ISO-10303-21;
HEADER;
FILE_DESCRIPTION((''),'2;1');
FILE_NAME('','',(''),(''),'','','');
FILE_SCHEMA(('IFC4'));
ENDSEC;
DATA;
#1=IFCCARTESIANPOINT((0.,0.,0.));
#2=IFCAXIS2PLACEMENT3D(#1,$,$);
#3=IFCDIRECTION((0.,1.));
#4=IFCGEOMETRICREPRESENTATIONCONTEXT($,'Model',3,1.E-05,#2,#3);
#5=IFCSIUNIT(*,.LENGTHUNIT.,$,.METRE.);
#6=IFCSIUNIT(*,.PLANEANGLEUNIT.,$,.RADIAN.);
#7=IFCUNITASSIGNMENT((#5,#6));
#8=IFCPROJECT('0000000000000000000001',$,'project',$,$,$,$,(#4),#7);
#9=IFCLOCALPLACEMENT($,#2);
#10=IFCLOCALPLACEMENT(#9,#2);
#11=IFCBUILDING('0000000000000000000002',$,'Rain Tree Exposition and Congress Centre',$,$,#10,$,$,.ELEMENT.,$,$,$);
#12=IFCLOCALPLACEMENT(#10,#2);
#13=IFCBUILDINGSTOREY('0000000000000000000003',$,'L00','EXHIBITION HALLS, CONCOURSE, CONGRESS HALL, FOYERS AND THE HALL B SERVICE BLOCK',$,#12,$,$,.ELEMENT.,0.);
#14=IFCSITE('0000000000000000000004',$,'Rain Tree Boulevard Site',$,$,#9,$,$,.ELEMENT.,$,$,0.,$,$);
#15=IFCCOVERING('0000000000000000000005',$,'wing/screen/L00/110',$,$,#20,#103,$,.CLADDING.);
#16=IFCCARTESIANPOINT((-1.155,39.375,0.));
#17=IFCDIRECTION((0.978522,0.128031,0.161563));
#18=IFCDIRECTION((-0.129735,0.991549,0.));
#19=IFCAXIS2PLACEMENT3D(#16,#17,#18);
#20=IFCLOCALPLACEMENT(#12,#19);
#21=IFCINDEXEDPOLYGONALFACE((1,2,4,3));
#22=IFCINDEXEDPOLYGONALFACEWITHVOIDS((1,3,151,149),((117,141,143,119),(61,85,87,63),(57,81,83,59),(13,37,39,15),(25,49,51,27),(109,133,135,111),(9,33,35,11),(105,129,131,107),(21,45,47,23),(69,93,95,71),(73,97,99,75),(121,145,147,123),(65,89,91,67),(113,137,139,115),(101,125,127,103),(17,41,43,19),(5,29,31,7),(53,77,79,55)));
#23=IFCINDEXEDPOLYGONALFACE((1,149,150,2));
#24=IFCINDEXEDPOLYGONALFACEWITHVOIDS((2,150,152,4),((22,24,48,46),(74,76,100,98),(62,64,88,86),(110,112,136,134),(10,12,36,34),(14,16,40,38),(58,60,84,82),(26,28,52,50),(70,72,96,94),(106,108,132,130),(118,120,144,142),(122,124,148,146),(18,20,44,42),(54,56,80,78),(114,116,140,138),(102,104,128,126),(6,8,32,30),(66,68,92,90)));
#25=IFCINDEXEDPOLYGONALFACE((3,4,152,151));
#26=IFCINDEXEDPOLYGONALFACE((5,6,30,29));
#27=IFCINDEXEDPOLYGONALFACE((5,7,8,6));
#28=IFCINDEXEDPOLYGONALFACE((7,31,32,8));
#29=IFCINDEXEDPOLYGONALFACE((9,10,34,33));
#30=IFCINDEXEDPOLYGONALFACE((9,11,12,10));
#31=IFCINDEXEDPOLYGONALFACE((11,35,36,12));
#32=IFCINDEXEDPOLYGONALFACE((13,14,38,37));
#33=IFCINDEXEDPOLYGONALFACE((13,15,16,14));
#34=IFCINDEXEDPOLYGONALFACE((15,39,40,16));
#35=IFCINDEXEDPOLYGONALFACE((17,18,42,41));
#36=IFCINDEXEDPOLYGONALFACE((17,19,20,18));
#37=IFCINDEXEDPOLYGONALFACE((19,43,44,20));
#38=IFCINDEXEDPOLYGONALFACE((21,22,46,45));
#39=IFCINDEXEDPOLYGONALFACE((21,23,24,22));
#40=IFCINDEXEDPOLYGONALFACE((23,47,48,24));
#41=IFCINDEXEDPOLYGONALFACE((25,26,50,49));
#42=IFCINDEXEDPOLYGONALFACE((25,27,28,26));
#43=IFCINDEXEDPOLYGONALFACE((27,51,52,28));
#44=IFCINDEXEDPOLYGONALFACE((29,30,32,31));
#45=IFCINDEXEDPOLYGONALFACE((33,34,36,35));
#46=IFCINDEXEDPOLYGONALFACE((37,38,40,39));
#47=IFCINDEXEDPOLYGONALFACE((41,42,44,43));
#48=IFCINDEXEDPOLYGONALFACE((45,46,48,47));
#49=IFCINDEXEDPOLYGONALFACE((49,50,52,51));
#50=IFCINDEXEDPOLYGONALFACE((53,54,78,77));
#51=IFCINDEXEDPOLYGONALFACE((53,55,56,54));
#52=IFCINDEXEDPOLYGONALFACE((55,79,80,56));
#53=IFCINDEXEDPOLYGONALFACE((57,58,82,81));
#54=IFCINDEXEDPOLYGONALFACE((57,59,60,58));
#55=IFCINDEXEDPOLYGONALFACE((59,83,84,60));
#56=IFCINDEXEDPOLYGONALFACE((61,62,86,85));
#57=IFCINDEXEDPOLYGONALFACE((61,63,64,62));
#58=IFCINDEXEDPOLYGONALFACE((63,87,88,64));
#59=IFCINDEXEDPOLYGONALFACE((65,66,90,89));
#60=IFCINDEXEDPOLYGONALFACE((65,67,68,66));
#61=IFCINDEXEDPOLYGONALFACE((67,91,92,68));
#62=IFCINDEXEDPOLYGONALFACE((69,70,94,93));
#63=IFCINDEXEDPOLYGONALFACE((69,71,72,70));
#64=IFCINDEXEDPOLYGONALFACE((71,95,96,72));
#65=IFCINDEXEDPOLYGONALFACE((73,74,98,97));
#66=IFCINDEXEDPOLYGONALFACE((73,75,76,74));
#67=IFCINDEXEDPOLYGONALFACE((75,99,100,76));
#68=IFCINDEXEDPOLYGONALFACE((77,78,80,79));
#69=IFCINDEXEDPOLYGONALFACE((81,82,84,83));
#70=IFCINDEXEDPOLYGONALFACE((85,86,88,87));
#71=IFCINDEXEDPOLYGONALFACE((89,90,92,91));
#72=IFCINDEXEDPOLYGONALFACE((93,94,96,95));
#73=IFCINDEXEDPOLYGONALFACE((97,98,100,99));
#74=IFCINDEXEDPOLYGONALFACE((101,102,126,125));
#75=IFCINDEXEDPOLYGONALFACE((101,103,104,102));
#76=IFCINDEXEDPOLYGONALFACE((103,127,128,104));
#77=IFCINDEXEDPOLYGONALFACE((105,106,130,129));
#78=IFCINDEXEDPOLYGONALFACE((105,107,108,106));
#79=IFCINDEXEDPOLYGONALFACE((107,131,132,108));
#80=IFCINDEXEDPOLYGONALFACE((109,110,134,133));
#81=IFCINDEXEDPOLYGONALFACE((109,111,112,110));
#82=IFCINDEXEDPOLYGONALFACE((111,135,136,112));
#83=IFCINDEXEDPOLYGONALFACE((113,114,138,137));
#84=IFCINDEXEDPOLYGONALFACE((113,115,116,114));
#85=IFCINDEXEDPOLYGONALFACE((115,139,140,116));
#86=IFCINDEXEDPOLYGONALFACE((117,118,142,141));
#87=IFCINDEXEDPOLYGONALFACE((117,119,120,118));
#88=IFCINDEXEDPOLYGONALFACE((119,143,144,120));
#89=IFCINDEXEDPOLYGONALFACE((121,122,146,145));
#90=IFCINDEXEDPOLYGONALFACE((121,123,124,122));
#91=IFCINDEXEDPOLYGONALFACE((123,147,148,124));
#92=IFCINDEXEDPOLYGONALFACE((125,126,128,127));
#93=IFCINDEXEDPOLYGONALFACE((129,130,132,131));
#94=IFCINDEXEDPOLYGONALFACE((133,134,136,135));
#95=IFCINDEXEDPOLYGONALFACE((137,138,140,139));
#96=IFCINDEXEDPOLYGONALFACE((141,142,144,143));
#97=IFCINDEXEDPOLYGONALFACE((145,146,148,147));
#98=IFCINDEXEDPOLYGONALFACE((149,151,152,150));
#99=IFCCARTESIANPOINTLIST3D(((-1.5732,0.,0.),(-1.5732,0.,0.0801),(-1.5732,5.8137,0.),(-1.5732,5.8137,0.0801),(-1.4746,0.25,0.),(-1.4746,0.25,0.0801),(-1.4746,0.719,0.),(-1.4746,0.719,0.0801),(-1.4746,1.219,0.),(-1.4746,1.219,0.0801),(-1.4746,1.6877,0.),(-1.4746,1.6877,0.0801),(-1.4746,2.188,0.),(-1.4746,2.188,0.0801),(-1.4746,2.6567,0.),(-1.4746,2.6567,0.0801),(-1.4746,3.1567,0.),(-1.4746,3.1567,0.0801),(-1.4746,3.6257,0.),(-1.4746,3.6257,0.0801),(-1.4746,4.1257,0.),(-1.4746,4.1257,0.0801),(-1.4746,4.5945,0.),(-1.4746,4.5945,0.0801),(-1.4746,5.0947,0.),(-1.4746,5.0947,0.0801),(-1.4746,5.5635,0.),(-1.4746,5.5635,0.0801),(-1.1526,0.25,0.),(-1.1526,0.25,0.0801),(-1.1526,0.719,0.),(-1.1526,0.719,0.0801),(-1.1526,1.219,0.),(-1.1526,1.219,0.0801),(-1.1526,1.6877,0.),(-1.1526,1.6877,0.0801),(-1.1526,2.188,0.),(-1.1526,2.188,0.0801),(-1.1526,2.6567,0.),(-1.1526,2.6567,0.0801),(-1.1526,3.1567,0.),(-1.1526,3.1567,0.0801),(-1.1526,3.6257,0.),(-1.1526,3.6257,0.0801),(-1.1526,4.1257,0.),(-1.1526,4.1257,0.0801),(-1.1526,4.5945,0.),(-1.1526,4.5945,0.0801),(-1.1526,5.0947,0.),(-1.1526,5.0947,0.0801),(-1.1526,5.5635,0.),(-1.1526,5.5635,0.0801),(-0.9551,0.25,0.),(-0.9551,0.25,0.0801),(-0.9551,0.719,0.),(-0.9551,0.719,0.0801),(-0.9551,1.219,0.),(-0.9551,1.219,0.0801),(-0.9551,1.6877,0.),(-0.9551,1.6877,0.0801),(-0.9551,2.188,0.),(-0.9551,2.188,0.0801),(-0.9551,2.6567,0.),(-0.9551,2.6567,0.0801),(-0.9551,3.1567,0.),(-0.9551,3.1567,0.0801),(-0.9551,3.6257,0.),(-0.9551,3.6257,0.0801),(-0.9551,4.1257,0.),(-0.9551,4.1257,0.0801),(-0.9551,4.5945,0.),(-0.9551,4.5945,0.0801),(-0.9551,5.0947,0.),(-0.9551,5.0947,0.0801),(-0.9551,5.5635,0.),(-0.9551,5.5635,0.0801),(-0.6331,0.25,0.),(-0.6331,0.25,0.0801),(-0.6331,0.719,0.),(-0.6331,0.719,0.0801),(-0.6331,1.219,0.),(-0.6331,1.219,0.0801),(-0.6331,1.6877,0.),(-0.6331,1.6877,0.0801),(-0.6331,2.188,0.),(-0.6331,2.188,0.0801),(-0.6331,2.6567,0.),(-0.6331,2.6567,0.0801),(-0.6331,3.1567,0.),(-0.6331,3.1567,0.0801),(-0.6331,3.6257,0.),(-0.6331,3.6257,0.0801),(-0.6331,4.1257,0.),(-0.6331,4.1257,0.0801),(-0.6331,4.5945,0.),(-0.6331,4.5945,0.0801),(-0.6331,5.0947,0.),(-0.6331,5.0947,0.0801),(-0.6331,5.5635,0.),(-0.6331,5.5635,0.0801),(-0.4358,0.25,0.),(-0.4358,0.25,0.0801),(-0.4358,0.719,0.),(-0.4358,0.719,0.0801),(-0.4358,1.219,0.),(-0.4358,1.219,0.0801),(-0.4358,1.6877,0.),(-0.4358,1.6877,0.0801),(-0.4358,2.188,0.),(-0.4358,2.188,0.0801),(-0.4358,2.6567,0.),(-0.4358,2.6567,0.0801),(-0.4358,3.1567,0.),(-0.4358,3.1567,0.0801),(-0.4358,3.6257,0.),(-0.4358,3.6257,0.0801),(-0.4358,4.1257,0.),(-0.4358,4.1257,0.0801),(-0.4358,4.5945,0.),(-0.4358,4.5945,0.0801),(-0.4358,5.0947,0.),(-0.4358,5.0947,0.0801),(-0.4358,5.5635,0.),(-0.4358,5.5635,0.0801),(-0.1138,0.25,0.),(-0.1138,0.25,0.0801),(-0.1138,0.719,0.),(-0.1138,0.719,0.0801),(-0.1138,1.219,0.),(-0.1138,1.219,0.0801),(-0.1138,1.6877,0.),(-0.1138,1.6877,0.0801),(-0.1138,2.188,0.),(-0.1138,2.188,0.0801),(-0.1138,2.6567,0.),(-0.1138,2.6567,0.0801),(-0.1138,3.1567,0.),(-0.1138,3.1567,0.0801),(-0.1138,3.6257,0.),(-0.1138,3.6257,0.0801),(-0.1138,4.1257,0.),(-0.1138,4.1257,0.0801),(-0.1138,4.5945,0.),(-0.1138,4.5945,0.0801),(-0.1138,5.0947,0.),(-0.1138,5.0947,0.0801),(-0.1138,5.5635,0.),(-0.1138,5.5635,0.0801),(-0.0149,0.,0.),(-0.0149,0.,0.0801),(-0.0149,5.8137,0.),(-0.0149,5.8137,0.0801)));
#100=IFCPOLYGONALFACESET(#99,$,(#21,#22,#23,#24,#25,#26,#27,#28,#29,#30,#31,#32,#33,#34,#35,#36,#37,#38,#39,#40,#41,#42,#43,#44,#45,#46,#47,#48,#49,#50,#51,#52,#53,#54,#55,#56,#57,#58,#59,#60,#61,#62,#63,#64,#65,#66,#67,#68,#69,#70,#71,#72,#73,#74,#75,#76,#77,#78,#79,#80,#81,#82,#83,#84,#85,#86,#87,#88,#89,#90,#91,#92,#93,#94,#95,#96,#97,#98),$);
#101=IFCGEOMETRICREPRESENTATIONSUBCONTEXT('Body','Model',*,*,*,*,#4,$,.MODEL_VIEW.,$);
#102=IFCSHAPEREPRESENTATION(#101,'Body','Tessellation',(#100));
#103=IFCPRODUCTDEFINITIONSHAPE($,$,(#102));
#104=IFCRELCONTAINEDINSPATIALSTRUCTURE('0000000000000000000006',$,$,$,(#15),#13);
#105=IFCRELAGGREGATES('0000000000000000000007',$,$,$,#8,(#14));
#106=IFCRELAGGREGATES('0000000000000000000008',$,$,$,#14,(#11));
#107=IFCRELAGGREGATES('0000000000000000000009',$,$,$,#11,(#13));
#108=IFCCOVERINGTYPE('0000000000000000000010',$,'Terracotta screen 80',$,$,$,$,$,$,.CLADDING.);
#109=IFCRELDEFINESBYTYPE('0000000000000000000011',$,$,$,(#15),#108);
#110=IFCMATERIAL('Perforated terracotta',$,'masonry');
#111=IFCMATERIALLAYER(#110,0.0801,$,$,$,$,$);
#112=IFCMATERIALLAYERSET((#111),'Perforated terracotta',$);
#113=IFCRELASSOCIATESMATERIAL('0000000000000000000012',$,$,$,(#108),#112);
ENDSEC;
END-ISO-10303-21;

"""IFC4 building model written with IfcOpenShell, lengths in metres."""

from ifc_helpers import new_model, si_unit, direction, frame, origin, place, context, subcontext, project, spatial, polyline, outline, extrude, material, layer, layer_set, type_object, element, save


model = new_model("IFC4")

# Units and contexts
model_context = context("Model", 3, precision=1e-05, world=origin(), true_north=direction((0.0, 1.0)))
body_context = subcontext(model_context, "Body", "Model", "MODEL_VIEW")
ifc_project = project(units=[si_unit("LENGTHUNIT", "METRE"), si_unit("PLANEANGLEUNIT", "RADIAN")], contexts=[model_context])

# Site, building, storey
site_placement = place(None, origin())
site = spatial("IfcSite", under=ifc_project, at=site_placement, Name="Rain Tree Boulevard Site", CompositionType="ELEMENT", RefElevation=0.0)
building_placement = place(site_placement, origin())
building = spatial("IfcBuilding", under=site, at=building_placement, Name="Rain Tree Exposition and Congress Centre", CompositionType="ELEMENT")
storey_placement = place(building_placement, origin())
storey = spatial("IfcBuildingStorey", under=building, at=storey_placement, Name="L00", Description="EXHIBITION HALLS, CONCOURSE, CONGRESS HALL, FOYERS AND THE HALL B SERVICE BLOCK", CompositionType="ELEMENT", Elevation=0.0)

# Covering
ifc_material_1 = material(Name="Perforated terracotta", Category="masonry")
ifc_layer_1 = layer(ifc_material_1, 0.0801)
ifc_layer_set_1 = layer_set([ifc_layer_1], Name="Perforated terracotta")
covering_type = type_object("IfcCoveringType", Name="Terracotta screen 80", PredefinedType="CLADDING", material=ifc_layer_set_1)
covering_1_placement = place(storey_placement, frame((-1.155, 39.375, 0.0), z_axis=(0.978522, 0.128031, 0.161563), x_axis=(-0.129735, 0.991549, 0.0)))
element("IfcCovering", 1, at=covering_1_placement, inside=storey, type_object=covering_type, Name="wing/screen/L00/110", PredefinedType="CLADDING", context=body_context, shape_type="SweptSolid", body=[
    extrude(outline(polyline([(-1.5732, 0.0), (-1.5732, 5.8137), (-0.0149, 5.8137), (-0.0149, 0.0), (-1.5732, 0.0)]), holes=[polyline([(-0.1138, 0.25), (-0.1138, 0.719), (-0.4358, 0.719), (-0.4358, 0.25), (-0.1138, 0.25)]), polyline([(-0.1138, 1.219), (-0.1138, 1.6877), (-0.4358, 1.6877), (-0.4358, 1.219), (-0.1138, 1.219)]), polyline([(-0.1138, 2.188), (-0.1138, 2.6567), (-0.4358, 2.6567), (-0.4358, 2.188), (-0.1138, 2.188)]), polyline([(-0.1138, 3.1567), (-0.1138, 3.6257), (-0.4358, 3.6257), (-0.4358, 3.1567), (-0.1138, 3.1567)]), polyline([(-0.1138, 4.1257), (-0.1138, 4.5945), (-0.4358, 4.5945), (-0.4358, 4.1257), (-0.1138, 4.1257)]), polyline([(-0.1138, 5.0947), (-0.1138, 5.5635), (-0.4358, 5.5635), (-0.4358, 5.0947), (-0.1138, 5.0947)]), polyline([(-0.6331, 0.25), (-0.6331, 0.719), (-0.9551, 0.719), (-0.9551, 0.25), (-0.6331, 0.25)]), polyline([(-0.6331, 1.219), (-0.6331, 1.6877), (-0.9551, 1.6877), (-0.9551, 1.219), (-0.6331, 1.219)]), polyline([(-0.6331, 2.188), (-0.6331, 2.6567), (-0.9551, 2.6567), (-0.9551, 2.188), (-0.6331, 2.188)]), polyline([(-0.6331, 3.1567), (-0.6331, 3.6257), (-0.9551, 3.6257), (-0.9551, 3.1567), (-0.6331, 3.1567)]), polyline([(-0.6331, 4.1257), (-0.6331, 4.5945), (-0.9551, 4.5945), (-0.9551, 4.1257), (-0.6331, 4.1257)]), polyline([(-0.6331, 5.0947), (-0.6331, 5.5635), (-0.9551, 5.5635), (-0.9551, 5.0947), (-0.6331, 5.0947)]), polyline([(-1.1526, 0.25), (-1.1526, 0.719), (-1.4746, 0.719), (-1.4746, 0.25), (-1.1526, 0.25)]), polyline([(-1.1526, 1.219), (-1.1526, 1.6877), (-1.4746, 1.6877), (-1.4746, 1.219), (-1.1526, 1.219)]), polyline([(-1.1526, 2.188), (-1.1526, 2.6567), (-1.4746, 2.6567), (-1.4746, 2.188), (-1.1526, 2.188)]), polyline([(-1.1526, 3.1567), (-1.1526, 3.6257), (-1.4746, 3.6257), (-1.4746, 3.1567), (-1.1526, 3.1567)]), polyline([(-1.1526, 4.1257), (-1.1526, 4.5945), (-1.4746, 4.5945), (-1.4746, 4.1257), (-1.1526, 4.1257)]), polyline([(-1.1526, 5.0947), (-1.1526, 5.5635), (-1.4746, 5.5635), (-1.4746, 5.0947), (-1.1526, 5.0947)])]), origin(), (0.0, 0.0, 1.0), 0.0801),
])

save(model, "model.ifc")
